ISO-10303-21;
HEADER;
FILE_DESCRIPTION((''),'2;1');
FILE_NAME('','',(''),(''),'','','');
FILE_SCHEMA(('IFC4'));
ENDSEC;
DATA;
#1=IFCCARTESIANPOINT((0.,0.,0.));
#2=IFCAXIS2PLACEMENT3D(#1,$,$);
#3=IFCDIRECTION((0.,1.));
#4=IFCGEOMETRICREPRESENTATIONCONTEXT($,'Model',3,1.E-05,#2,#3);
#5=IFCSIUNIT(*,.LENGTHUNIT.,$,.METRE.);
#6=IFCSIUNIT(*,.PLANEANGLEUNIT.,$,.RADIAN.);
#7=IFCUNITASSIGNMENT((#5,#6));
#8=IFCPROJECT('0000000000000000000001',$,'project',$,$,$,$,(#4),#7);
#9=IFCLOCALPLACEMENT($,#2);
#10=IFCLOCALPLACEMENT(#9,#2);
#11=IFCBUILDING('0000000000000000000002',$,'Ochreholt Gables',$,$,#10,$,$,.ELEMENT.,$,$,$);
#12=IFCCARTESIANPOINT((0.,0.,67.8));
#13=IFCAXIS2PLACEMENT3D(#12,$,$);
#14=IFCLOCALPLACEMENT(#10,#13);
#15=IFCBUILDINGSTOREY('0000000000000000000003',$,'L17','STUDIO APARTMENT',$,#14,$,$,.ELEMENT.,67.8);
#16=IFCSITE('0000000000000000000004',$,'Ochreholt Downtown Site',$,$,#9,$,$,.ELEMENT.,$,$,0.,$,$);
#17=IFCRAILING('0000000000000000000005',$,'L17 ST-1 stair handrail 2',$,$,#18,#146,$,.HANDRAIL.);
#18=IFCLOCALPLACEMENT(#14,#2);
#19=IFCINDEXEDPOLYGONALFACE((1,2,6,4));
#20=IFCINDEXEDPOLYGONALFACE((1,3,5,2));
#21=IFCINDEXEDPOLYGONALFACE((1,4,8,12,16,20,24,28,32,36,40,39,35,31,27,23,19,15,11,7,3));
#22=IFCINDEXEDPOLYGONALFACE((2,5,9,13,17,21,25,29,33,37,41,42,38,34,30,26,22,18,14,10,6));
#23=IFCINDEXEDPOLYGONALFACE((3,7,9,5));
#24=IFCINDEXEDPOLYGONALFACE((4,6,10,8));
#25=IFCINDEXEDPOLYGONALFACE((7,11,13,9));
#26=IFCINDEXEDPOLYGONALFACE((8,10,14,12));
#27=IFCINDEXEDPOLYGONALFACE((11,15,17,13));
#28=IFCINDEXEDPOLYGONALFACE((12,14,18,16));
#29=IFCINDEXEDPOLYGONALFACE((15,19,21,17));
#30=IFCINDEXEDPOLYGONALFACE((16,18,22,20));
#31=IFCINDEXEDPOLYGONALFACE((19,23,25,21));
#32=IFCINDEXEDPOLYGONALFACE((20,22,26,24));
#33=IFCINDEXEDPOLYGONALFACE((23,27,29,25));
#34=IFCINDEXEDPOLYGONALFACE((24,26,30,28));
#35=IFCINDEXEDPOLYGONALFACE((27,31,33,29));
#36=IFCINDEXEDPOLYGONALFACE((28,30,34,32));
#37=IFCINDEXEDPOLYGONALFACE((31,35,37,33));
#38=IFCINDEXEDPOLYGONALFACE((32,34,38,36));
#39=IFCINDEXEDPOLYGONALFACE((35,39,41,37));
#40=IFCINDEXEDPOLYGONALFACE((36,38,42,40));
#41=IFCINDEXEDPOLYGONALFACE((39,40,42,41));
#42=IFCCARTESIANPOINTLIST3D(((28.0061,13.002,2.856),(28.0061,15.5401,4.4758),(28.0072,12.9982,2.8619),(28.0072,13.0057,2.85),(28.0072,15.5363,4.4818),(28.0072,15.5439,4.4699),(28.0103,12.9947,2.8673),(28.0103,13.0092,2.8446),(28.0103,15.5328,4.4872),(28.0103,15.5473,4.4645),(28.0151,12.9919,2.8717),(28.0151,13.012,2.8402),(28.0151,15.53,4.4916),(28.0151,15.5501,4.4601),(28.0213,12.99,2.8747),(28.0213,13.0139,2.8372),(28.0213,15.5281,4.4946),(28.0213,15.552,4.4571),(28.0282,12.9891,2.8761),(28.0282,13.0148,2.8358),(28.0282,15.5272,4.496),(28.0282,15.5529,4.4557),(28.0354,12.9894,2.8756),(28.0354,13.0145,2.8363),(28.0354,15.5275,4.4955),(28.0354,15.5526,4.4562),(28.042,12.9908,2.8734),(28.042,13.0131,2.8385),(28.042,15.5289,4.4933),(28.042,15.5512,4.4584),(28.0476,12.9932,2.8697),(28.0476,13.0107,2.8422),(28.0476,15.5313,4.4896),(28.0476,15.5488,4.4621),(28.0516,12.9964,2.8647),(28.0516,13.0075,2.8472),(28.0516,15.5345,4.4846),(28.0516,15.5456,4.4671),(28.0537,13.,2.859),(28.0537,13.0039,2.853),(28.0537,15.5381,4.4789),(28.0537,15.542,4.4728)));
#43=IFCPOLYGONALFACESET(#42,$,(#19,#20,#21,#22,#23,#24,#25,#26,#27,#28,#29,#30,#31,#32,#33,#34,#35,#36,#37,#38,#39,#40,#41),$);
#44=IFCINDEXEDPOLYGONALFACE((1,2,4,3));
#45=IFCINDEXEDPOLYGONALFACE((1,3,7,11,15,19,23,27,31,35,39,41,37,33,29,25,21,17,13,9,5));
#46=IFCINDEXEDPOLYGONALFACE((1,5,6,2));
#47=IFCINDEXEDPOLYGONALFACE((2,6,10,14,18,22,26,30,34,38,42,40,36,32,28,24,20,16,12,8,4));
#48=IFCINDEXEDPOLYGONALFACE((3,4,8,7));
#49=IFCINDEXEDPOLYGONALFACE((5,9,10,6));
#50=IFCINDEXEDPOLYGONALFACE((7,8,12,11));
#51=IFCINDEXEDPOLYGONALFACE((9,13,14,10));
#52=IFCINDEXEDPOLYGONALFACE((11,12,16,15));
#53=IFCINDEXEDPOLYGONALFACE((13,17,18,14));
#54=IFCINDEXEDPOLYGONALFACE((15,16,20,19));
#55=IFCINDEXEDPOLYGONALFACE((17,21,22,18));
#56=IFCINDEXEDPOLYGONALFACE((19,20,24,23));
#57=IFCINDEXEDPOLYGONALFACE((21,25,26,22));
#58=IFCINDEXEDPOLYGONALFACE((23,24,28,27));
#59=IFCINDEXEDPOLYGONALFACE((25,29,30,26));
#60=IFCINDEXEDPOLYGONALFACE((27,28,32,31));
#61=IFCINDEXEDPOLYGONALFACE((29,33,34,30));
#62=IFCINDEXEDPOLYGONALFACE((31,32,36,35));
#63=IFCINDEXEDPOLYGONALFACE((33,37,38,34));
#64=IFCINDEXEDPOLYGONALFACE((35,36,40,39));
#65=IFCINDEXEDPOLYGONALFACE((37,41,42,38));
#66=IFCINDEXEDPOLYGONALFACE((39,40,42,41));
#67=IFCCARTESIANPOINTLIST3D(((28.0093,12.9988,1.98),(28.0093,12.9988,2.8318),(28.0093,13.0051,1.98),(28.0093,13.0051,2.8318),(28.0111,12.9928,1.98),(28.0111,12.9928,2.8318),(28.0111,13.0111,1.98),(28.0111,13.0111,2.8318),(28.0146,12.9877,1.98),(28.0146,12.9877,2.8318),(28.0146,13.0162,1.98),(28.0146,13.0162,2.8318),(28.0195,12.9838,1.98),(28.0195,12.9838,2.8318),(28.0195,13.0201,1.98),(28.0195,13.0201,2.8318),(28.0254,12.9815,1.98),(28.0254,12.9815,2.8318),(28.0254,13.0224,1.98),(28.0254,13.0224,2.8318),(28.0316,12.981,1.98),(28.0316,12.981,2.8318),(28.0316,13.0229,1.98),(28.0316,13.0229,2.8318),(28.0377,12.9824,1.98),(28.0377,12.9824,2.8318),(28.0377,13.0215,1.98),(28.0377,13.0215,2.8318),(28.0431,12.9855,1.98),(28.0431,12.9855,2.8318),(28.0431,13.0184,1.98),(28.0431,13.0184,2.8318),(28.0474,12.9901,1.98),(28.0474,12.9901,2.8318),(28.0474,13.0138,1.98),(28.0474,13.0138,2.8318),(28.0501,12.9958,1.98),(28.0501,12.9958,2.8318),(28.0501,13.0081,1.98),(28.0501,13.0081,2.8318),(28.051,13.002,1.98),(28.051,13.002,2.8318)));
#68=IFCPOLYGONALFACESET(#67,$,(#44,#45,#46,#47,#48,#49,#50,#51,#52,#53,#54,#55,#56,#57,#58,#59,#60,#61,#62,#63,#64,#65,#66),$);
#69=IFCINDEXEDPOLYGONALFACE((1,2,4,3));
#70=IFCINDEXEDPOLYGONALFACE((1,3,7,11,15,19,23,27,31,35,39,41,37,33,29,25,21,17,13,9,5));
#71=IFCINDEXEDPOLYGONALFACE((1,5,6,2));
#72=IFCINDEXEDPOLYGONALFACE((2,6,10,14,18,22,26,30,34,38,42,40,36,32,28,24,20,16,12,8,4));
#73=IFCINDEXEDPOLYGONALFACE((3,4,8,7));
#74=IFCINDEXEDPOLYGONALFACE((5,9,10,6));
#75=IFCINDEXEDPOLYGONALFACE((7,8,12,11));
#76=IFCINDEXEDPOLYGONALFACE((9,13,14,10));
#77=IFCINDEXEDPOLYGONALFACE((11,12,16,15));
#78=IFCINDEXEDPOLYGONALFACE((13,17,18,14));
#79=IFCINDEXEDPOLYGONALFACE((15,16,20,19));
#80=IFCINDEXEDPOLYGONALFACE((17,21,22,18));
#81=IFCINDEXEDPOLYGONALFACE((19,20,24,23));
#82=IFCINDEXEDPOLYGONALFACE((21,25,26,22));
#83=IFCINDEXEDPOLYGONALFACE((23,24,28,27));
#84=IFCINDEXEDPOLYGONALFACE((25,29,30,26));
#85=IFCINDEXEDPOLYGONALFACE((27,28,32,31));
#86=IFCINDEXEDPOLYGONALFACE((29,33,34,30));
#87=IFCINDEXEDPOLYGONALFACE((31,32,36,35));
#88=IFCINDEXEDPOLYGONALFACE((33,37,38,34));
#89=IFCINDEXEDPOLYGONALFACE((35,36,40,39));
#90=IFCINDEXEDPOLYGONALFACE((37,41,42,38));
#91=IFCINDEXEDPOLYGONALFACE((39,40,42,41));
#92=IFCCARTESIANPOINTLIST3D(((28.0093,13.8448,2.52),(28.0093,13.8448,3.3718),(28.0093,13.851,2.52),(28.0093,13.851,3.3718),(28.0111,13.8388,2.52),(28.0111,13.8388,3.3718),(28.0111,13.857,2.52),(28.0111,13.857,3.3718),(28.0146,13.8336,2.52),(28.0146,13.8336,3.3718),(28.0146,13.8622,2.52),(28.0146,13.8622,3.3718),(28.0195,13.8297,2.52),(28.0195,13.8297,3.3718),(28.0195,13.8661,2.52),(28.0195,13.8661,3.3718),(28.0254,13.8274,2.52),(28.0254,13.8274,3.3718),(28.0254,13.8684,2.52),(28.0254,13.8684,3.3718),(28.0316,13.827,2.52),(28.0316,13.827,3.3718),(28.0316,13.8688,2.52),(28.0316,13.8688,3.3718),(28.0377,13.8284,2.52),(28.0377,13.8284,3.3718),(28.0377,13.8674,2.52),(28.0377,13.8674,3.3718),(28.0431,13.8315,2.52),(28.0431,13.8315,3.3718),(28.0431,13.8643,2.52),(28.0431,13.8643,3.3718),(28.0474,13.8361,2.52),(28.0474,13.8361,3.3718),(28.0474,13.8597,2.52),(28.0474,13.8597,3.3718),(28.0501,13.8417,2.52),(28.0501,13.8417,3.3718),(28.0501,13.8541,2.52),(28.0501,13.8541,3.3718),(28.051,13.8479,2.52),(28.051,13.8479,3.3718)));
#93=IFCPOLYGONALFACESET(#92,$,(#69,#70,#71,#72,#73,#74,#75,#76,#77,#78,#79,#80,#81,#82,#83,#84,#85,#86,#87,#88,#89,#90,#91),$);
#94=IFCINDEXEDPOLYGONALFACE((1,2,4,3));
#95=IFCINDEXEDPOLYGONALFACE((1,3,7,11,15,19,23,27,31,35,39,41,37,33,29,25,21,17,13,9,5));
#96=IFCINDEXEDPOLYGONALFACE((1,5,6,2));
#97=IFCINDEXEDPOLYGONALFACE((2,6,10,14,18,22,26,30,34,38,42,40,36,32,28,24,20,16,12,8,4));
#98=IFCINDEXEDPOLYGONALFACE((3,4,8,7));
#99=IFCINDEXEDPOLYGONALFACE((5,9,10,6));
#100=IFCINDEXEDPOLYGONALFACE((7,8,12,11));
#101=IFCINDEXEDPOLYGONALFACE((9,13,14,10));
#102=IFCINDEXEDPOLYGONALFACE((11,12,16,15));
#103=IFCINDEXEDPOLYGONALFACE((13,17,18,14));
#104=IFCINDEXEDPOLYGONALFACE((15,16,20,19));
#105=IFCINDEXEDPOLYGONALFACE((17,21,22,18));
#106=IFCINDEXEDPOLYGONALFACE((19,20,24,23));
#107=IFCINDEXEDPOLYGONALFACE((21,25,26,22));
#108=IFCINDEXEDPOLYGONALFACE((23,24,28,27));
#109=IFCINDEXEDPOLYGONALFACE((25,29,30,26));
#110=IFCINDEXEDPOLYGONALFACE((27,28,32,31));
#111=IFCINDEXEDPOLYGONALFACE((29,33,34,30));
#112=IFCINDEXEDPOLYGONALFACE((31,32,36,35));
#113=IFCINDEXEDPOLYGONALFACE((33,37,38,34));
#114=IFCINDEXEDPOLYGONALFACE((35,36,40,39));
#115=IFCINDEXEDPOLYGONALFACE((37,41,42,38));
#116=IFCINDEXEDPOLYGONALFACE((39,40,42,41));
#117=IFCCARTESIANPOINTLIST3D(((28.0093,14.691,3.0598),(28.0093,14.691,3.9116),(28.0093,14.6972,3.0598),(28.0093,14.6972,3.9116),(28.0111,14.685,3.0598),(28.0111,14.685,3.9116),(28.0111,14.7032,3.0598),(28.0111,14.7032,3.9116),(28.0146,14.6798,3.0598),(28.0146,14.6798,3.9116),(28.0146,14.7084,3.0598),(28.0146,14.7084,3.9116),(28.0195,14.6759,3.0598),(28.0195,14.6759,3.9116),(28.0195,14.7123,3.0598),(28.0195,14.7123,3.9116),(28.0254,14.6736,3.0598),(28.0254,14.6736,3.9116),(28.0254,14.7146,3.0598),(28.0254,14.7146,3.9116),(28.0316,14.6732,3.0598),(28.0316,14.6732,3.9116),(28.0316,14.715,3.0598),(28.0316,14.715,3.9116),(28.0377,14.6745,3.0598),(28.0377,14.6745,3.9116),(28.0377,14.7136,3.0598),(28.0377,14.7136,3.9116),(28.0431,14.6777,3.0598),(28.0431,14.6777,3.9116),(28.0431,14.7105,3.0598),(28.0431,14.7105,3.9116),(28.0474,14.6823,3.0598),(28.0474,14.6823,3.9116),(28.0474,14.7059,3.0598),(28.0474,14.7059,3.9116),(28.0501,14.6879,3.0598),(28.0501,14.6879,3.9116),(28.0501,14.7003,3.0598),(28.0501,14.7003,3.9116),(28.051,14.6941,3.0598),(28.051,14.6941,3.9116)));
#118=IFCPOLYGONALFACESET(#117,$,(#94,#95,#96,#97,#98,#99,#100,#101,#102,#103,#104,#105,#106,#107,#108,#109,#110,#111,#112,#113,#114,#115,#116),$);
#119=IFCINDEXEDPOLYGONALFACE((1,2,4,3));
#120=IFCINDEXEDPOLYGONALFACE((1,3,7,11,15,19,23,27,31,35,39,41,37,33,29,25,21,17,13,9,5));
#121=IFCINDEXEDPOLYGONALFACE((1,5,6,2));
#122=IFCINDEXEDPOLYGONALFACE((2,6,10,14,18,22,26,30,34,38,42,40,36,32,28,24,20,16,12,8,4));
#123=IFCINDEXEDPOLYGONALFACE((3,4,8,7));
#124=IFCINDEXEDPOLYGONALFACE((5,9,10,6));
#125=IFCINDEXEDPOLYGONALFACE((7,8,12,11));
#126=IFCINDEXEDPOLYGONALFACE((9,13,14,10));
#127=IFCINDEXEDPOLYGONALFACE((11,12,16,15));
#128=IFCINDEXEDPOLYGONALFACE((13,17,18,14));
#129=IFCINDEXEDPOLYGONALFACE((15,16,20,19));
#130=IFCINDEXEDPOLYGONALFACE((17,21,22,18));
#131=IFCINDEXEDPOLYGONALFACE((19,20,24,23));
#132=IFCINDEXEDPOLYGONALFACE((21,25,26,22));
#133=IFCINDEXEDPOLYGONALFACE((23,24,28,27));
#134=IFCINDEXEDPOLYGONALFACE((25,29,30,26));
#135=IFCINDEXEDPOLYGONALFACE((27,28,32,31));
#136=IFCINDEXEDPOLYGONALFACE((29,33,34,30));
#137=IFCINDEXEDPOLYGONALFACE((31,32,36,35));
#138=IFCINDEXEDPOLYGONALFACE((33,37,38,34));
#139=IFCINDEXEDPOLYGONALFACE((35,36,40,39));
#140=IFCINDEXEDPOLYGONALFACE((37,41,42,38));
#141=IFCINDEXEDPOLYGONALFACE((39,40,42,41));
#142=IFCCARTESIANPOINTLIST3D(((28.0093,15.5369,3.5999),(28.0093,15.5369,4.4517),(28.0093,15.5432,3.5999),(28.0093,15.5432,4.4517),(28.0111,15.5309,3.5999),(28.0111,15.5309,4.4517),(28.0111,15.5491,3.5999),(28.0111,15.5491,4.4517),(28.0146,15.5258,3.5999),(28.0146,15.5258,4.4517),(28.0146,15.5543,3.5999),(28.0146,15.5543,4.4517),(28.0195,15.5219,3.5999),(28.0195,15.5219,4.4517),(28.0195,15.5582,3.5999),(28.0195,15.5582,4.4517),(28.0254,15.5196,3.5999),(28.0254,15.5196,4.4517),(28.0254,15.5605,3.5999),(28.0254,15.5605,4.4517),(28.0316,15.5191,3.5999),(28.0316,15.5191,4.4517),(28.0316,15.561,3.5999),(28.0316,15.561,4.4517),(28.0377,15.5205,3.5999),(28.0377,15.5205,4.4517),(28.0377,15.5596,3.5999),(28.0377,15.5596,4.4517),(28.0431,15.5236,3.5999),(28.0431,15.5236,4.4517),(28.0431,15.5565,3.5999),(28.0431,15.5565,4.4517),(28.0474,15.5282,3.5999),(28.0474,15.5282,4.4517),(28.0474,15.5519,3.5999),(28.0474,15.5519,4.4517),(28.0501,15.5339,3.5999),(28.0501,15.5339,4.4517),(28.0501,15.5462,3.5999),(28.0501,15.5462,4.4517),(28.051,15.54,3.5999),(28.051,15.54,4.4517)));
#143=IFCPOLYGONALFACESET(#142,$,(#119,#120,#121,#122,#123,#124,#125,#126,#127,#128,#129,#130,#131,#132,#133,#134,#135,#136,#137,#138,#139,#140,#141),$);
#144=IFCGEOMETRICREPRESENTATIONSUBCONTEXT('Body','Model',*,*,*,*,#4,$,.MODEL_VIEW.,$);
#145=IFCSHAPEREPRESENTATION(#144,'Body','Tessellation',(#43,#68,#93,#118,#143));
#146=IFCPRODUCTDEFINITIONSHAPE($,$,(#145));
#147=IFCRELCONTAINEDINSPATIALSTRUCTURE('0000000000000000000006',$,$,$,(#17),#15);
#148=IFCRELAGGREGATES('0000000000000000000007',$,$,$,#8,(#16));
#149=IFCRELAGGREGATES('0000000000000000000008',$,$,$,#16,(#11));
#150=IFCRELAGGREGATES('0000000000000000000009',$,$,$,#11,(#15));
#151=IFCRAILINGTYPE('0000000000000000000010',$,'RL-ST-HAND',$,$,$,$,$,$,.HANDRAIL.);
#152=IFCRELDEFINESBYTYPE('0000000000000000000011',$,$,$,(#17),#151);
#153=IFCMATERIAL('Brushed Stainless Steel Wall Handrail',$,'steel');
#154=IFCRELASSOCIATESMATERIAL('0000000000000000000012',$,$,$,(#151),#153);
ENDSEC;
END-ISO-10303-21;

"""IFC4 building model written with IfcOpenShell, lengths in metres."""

from ifc_helpers import new_model, si_unit, direction, frame, origin, origin_2d, place, context, subcontext, project, spatial, circle, extrude, material, type_object, element, save


model = new_model("IFC4")

# Units and contexts
model_context = context("Model", 3, precision=1e-05, world=origin(), true_north=direction((0.0, 1.0)))
body_context = subcontext(model_context, "Body", "Model", "MODEL_VIEW")
ifc_project = project(units=[si_unit("LENGTHUNIT", "METRE"), si_unit("PLANEANGLEUNIT", "RADIAN")], contexts=[model_context])

# Site, building, storey
site_placement = place(None, origin())
site = spatial("IfcSite", under=ifc_project, at=site_placement, Name="Ochreholt Downtown Site", CompositionType="ELEMENT", RefElevation=0.0)
building_placement = place(site_placement, origin())
building = spatial("IfcBuilding", under=site, at=building_placement, Name="Ochreholt Gables", CompositionType="ELEMENT")
storey_placement = place(building_placement, frame((0.0, 0.0, 67.8)))
storey = spatial("IfcBuildingStorey", under=building, at=storey_placement, Name="L17", Description="STUDIO APARTMENT", CompositionType="ELEMENT", Elevation=67.8)

# Railing
ifc_material_1 = material(Name="Brushed Stainless Steel Wall Handrail", Category="steel")
railing_type_1 = type_object("IfcRailingType", Name="RL-ST-HAND", PredefinedType="HANDRAIL", material=ifc_material_1)
railing_1_placement = place(storey_placement, frame((28.03, 13.002, 1.98)))
element("IfcRailing", 1, at=railing_1_placement, inside=storey, type_object=railing_type_1, Name="L17 ST-1 stair handrail 2", PredefinedType="HANDRAIL", context=body_context, shape_type="SweptSolid", body=[
    extrude(circle(Radius=0.0239, at=origin_2d()), frame((0.0, 0.0, 0.876), z_axis=(0.0, 0.84295, 0.537993), x_axis=(-1.0, 0.0, 0.0)), (0.0, 0.0, 1.0), 3.011),
    extrude(circle(Radius=0.021, at=origin_2d()), origin(), (0.0, 0.0, 1.0), 0.8518),
    extrude(circle(Radius=0.021, at=origin_2d()), frame((0.0, 0.8459, 0.54)), (0.0, 0.0, 1.0), 0.8518),
    extrude(circle(Radius=0.021, at=origin_2d()), frame((0.0, 1.6921, 1.0798)), (0.0, 0.0, 1.0), 0.8518),
    extrude(circle(Radius=0.021, at=origin_2d()), frame((0.0, 2.5381, 1.6199)), (0.0, 0.0, 1.0), 0.8518),
])

save(model, "model.ifc")
